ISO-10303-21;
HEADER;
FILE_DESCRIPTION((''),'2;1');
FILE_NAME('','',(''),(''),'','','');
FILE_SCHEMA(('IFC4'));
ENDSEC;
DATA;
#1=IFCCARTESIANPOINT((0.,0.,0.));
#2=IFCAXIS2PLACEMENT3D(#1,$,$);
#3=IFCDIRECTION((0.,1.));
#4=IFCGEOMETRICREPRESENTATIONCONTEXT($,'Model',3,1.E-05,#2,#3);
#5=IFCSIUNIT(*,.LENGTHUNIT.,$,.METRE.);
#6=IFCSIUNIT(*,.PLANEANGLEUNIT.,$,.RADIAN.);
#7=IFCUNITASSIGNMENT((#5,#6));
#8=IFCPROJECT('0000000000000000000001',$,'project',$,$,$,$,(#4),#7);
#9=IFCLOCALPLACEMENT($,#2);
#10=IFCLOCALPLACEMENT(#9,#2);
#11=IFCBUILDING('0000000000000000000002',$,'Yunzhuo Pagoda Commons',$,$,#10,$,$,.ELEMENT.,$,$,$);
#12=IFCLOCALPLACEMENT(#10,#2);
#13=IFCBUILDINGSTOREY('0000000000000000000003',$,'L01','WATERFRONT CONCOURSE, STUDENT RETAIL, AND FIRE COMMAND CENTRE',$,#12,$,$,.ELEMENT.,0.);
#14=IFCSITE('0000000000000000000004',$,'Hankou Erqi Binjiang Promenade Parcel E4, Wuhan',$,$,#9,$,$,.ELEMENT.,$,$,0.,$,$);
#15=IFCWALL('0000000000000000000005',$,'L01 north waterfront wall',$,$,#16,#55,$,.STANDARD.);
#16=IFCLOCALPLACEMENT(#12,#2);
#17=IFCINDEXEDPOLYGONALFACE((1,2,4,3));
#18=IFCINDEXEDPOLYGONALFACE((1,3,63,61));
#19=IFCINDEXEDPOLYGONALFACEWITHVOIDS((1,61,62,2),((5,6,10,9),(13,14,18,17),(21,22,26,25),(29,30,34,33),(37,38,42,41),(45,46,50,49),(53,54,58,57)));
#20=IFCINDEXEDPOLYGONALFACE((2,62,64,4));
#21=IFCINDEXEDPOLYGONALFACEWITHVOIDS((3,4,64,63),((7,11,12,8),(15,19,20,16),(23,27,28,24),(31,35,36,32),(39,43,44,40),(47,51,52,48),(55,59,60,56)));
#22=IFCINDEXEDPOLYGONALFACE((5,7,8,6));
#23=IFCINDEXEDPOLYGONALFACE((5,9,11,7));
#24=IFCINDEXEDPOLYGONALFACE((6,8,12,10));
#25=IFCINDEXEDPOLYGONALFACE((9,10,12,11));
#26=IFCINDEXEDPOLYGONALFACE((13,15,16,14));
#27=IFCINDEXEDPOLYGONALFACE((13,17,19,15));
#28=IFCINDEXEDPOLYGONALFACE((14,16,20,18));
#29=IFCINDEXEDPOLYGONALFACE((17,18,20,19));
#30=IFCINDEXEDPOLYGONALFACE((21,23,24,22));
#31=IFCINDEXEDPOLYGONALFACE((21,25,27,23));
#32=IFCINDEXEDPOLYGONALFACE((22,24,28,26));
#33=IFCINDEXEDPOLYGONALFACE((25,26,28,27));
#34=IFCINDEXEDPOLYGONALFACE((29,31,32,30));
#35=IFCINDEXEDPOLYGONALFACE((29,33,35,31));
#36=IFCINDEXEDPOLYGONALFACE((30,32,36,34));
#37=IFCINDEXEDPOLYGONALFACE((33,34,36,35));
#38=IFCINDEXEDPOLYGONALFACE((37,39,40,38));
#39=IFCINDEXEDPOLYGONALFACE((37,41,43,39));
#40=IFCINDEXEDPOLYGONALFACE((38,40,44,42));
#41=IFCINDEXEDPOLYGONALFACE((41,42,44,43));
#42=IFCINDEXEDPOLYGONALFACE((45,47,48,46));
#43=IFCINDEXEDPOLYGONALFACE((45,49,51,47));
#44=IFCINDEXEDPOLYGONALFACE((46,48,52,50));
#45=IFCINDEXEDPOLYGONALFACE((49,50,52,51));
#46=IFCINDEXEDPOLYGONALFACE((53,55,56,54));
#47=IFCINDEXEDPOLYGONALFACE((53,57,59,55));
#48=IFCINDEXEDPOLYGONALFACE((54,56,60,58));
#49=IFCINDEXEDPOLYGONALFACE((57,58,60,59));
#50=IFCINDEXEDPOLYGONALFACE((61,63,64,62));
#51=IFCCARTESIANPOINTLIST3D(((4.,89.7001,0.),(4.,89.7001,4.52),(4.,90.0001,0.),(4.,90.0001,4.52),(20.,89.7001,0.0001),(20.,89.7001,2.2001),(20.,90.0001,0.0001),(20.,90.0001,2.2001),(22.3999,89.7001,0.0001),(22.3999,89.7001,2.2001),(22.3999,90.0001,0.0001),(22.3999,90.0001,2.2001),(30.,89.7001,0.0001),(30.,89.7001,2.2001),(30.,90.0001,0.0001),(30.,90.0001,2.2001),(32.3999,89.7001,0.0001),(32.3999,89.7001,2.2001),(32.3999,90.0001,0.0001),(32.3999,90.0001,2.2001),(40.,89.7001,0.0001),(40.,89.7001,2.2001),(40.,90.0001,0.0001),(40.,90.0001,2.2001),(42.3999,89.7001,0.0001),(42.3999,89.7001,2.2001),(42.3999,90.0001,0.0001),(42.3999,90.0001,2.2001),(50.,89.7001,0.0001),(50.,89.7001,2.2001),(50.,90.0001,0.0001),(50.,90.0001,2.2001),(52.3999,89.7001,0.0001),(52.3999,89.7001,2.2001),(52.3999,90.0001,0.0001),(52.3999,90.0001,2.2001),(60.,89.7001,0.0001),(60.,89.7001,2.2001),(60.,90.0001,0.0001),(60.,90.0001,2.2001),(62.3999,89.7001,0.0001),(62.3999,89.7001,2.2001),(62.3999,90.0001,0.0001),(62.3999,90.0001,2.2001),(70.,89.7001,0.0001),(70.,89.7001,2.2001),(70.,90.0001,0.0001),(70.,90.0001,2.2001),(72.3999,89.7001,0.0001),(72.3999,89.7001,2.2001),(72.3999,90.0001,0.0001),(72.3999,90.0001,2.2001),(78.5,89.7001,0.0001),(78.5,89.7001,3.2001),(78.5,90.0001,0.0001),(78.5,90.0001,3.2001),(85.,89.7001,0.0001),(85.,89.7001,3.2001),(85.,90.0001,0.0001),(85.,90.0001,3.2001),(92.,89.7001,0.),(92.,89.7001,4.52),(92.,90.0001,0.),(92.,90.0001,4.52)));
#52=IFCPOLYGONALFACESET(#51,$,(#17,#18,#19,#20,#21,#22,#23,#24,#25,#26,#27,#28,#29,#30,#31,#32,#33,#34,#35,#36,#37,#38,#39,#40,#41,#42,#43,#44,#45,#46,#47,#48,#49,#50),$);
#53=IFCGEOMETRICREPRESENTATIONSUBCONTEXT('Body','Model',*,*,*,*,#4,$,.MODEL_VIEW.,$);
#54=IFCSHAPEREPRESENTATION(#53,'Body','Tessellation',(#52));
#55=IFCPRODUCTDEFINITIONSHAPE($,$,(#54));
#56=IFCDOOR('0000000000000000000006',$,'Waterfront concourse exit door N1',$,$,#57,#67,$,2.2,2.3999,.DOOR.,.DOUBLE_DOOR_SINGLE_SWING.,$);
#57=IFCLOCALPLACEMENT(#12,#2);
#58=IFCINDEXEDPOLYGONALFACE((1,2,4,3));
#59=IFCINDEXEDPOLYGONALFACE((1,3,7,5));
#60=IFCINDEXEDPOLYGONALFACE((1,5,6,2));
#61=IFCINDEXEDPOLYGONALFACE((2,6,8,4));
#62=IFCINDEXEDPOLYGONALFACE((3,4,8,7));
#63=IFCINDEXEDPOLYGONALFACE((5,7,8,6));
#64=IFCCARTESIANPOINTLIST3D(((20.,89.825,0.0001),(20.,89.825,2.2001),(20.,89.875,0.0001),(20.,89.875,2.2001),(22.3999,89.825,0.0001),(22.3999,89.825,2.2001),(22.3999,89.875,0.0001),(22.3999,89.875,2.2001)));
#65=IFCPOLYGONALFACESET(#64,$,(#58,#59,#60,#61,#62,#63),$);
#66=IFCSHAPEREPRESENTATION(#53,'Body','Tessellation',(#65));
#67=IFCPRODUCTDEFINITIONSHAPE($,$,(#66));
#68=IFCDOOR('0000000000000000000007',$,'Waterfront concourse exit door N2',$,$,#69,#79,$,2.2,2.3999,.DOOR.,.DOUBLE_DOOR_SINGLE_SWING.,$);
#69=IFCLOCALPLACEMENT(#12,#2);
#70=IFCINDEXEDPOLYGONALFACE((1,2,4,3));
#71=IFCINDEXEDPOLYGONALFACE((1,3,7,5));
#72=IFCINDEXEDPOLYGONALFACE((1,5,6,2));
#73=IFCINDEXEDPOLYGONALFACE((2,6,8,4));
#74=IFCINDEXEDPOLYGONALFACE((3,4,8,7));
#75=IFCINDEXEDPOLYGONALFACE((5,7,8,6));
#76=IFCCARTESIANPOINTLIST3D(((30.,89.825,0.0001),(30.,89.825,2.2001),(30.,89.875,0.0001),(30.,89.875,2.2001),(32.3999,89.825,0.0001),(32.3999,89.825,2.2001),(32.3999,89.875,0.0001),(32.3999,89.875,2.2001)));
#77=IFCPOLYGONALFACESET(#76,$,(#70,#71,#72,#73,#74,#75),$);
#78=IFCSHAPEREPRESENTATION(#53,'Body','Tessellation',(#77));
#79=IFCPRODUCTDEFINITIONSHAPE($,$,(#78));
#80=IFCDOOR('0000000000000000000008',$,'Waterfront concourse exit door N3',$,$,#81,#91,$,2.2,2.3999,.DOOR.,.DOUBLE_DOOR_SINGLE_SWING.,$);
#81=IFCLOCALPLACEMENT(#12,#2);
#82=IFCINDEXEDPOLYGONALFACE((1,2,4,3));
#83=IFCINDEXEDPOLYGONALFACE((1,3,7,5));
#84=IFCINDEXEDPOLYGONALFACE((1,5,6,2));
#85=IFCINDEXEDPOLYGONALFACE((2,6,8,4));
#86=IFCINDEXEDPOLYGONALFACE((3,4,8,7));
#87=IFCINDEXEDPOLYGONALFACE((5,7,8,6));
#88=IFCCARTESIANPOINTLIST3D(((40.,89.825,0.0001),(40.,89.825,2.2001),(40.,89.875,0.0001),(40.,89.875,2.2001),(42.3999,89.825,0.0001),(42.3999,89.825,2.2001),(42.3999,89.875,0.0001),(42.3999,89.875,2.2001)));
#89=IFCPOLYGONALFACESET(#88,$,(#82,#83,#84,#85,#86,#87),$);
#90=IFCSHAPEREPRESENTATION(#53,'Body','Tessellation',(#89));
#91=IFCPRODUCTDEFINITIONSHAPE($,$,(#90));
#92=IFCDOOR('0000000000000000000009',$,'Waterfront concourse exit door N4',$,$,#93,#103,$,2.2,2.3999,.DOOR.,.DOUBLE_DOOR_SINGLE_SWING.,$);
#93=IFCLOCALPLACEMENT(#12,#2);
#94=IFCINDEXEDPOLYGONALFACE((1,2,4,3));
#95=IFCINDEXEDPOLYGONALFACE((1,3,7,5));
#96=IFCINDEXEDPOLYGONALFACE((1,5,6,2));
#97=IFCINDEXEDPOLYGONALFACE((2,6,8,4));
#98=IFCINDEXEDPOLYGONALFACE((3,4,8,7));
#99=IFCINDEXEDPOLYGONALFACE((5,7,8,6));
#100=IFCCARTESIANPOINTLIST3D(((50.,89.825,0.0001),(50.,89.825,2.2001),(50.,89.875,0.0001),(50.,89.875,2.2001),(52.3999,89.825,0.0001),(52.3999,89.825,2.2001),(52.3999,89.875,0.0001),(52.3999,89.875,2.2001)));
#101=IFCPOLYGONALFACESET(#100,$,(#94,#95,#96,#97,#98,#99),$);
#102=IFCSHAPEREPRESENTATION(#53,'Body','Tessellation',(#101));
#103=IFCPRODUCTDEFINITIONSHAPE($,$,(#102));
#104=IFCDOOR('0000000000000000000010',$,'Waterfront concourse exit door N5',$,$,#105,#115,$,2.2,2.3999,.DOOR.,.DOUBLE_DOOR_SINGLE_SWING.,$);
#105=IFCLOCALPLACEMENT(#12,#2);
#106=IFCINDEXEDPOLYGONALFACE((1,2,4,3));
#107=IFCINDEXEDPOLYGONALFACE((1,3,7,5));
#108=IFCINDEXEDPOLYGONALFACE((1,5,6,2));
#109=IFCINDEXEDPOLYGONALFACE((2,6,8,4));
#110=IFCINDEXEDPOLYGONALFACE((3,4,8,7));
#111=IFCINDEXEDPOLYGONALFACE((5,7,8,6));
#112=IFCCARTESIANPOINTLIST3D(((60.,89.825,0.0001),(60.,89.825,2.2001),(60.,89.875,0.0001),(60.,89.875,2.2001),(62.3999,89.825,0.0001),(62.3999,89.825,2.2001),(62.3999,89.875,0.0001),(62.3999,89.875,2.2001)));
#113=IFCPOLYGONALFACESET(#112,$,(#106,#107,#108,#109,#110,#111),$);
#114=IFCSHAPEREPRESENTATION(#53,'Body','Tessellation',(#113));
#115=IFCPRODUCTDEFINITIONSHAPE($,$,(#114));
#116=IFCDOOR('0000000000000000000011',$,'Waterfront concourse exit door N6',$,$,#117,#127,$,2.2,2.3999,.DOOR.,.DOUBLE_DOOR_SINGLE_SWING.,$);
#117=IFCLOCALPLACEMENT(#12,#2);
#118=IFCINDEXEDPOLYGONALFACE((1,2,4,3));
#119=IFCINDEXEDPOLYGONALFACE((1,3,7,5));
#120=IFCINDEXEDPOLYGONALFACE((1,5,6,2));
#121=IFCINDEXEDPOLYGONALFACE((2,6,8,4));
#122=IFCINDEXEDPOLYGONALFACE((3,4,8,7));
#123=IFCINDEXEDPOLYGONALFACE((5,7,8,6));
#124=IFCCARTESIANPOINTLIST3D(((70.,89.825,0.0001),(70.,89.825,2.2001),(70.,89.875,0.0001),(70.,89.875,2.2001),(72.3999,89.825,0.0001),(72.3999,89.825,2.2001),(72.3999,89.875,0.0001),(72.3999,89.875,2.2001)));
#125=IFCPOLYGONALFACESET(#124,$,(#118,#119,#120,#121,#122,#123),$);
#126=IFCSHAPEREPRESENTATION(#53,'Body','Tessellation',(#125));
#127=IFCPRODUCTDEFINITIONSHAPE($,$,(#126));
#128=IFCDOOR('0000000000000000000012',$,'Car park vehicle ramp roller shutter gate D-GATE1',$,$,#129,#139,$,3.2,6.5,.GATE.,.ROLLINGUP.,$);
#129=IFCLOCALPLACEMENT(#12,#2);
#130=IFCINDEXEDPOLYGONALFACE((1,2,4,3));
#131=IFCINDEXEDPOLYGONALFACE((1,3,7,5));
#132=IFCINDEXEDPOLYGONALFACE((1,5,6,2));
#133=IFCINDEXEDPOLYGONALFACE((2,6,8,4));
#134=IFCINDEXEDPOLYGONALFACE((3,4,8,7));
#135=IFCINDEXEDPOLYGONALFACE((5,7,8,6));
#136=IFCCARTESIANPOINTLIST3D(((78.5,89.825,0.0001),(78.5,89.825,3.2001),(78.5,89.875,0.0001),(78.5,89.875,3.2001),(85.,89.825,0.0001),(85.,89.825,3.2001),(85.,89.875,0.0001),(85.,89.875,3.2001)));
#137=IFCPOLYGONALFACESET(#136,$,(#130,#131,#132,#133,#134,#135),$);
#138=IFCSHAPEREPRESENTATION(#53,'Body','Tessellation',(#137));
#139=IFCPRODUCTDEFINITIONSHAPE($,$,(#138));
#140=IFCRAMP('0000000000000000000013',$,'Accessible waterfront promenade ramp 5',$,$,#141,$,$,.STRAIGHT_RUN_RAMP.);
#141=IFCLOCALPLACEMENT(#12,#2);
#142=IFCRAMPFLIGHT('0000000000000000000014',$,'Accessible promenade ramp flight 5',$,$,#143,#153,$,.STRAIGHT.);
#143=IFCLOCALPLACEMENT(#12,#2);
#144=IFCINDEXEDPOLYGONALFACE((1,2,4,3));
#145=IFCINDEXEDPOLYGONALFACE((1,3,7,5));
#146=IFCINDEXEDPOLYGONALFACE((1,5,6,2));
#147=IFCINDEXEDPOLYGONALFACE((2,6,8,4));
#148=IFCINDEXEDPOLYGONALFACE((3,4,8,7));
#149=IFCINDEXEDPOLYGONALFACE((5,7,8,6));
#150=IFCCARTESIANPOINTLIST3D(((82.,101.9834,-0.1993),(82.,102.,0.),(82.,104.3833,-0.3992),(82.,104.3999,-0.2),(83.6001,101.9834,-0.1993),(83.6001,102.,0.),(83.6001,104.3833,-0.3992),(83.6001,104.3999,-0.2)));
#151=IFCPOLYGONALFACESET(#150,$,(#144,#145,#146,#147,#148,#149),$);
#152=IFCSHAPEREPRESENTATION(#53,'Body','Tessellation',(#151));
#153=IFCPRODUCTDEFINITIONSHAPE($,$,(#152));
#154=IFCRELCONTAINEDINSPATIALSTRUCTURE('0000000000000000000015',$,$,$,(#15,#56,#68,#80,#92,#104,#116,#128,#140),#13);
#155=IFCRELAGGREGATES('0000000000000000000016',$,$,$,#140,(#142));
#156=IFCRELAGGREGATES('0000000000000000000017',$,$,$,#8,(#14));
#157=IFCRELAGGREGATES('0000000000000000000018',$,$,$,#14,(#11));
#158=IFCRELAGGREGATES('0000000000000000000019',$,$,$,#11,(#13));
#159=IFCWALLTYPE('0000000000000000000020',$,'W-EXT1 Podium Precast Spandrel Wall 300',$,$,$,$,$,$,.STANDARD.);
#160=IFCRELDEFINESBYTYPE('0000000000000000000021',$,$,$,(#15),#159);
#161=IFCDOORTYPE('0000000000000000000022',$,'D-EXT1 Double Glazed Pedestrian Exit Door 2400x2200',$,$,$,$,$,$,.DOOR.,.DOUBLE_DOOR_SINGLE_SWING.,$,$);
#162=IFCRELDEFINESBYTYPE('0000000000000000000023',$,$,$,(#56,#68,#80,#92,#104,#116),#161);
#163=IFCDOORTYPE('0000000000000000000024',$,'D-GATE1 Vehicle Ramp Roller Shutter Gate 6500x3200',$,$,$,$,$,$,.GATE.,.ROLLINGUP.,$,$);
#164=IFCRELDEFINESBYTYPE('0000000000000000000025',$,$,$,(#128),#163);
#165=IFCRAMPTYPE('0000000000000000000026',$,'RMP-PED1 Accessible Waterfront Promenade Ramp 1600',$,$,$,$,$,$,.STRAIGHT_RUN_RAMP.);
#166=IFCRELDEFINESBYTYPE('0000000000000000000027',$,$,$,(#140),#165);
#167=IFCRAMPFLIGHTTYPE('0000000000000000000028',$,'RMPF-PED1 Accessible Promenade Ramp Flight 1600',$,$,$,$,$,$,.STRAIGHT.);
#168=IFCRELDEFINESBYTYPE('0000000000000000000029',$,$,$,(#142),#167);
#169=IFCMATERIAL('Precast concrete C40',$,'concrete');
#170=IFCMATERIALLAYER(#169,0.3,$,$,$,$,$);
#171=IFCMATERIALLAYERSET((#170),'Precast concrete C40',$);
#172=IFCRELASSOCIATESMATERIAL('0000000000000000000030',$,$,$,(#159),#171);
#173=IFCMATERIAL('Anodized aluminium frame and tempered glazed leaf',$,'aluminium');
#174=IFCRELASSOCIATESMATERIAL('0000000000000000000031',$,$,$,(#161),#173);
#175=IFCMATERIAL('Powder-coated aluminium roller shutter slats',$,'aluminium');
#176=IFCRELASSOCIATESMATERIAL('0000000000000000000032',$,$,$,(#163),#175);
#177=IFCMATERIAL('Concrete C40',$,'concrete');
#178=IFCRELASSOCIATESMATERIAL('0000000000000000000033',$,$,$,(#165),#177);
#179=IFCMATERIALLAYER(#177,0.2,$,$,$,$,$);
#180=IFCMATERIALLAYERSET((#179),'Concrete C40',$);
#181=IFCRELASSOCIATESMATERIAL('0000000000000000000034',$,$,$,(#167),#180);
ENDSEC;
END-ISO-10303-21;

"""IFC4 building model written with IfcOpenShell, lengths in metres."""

from ifc_helpers import new_model, si_unit, direction, frame, frame_2d, origin, place, context, subcontext, project, spatial, polyline, rectangle, outline, extrude, source, transform, mapped, material, layer, layer_set, type_object, element, fill, aggregate, save


model = new_model("IFC4")

# Units and contexts
model_context = context("Model", 3, precision=1e-05, world=origin(), true_north=direction((0.0, 1.0)))
body_context = subcontext(model_context, "Body", "Model", "MODEL_VIEW")
ifc_project = project(units=[si_unit("LENGTHUNIT", "METRE"), si_unit("PLANEANGLEUNIT", "RADIAN")], contexts=[model_context])

# Site, building, storey
site_placement = place(None, origin())
site = spatial("IfcSite", under=ifc_project, at=site_placement, Name="Hankou Erqi Binjiang Promenade Parcel E4, Wuhan", CompositionType="ELEMENT", RefElevation=0.0)
building_placement = place(site_placement, origin())
building = spatial("IfcBuilding", under=site, at=building_placement, Name="Yunzhuo Pagoda Commons", CompositionType="ELEMENT")
storey_placement = place(building_placement, origin())
storey = spatial("IfcBuildingStorey", under=building, at=storey_placement, Name="L01", Description="WATERFRONT CONCOURSE, STUDENT RETAIL, AND FIRE COMMAND CENTRE", CompositionType="ELEMENT", Elevation=0.0)

# Wall, openings, doors
ifc_material_1 = material(Name="Precast concrete C40", Category="concrete")
ifc_layer_1 = layer(ifc_material_1, 0.3)
ifc_layer_set_1 = layer_set([ifc_layer_1], Name="Precast concrete C40")
wall_type = type_object("IfcWallType", Name="W-EXT1 Podium Precast Spandrel Wall 300", PredefinedType="STANDARD", material=ifc_layer_set_1)
wall_placement = place(storey_placement, frame((92.0, 89.8501, 0.0), z_axis=(0.0, 0.0, 1.0), x_axis=(-1.0, 0.0, 0.0)))
wall = element("IfcWall", 1, at=wall_placement, inside=storey, type_object=wall_type, Name="L01 north waterfront wall", PredefinedType="STANDARD", context=body_context, shape_type="SweptSolid", body=[
    extrude(rectangle(XDim=88.0, YDim=0.3, at=frame_2d((44.0, 0.0))), origin(), (0.0, 0.0, 1.0), 4.52),
])
opening_1_placement = place(wall_placement, frame((69.6001, 0.0, 0.0)))
opening_1 = element("IfcOpeningElement", 2, at=opening_1_placement, cuts=wall, PredefinedType="OPENING", context=body_context, shape_type="SweptSolid", body=[
    extrude(rectangle(XDim=2.3999, YDim=2.2, at=frame_2d((1.2, 1.1001))), frame((0.0, 0.1602, 0.0), z_axis=(0.0, -1.0, 0.0), x_axis=(1.0, 0.0, 0.0)), (0.0, 0.0, 1.0), 0.3201),
])
opening_2_placement = place(wall_placement, frame((59.6001, 0.0, 0.0)))
opening_2 = element("IfcOpeningElement", 3, at=opening_2_placement, cuts=wall, PredefinedType="OPENING", context=body_context, shape_type="SweptSolid", body=[
    extrude(rectangle(XDim=2.3999, YDim=2.2, at=frame_2d((1.2, 1.1001))), frame((0.0, 0.1602, 0.0), z_axis=(0.0, -1.0, 0.0), x_axis=(1.0, 0.0, 0.0)), (0.0, 0.0, 1.0), 0.3201),
])
opening_3_placement = place(wall_placement, frame((49.6001, 0.0, 0.0)))
opening_3 = element("IfcOpeningElement", 4, at=opening_3_placement, cuts=wall, PredefinedType="OPENING", context=body_context, shape_type="SweptSolid", body=[
    extrude(rectangle(XDim=2.3999, YDim=2.2, at=frame_2d((1.2, 1.1001))), frame((0.0, 0.1602, 0.0), z_axis=(0.0, -1.0, 0.0), x_axis=(1.0, 0.0, 0.0)), (0.0, 0.0, 1.0), 0.3201),
])
opening_4_placement = place(wall_placement, frame((39.6001, 0.0, 0.0)))
opening_4 = element("IfcOpeningElement", 5, at=opening_4_placement, cuts=wall, PredefinedType="OPENING", context=body_context, shape_type="SweptSolid", body=[
    extrude(rectangle(XDim=2.3999, YDim=2.2, at=frame_2d((1.2, 1.1001))), frame((0.0, 0.1602, 0.0), z_axis=(0.0, -1.0, 0.0), x_axis=(1.0, 0.0, 0.0)), (0.0, 0.0, 1.0), 0.3201),
])
opening_5_placement = place(wall_placement, frame((29.6001, 0.0, 0.0)))
opening_5 = element("IfcOpeningElement", 6, at=opening_5_placement, cuts=wall, PredefinedType="OPENING", context=body_context, shape_type="SweptSolid", body=[
    extrude(rectangle(XDim=2.3999, YDim=2.2, at=frame_2d((1.2, 1.1001))), frame((0.0, 0.1602, 0.0), z_axis=(0.0, -1.0, 0.0), x_axis=(1.0, 0.0, 0.0)), (0.0, 0.0, 1.0), 0.3201),
])
opening_6_placement = place(wall_placement, frame((19.6001, 0.0, 0.0)))
opening_6 = element("IfcOpeningElement", 7, at=opening_6_placement, cuts=wall, PredefinedType="OPENING", context=body_context, shape_type="SweptSolid", body=[
    extrude(rectangle(XDim=2.3999, YDim=2.2, at=frame_2d((1.2, 1.1001))), frame((0.0, 0.1602, 0.0), z_axis=(0.0, -1.0, 0.0), x_axis=(1.0, 0.0, 0.0)), (0.0, 0.0, 1.0), 0.3201),
])
opening_7_placement = place(wall_placement, frame((7.0, 0.0, 0.0)))
opening_7 = element("IfcOpeningElement", 8, at=opening_7_placement, cuts=wall, PredefinedType="OPENING", context=body_context, shape_type="SweptSolid", body=[
    extrude(rectangle(XDim=6.5, YDim=3.2, at=frame_2d((3.25, 1.6001))), frame((0.0, 0.1602, 0.0), z_axis=(0.0, -1.0, 0.0), x_axis=(1.0, 0.0, 0.0)), (0.0, 0.0, 1.0), 0.3201),
])
ifc_material_2 = material(Name="Anodized aluminium frame and tempered glazed leaf", Category="aluminium")
door_type_1 = type_object("IfcDoorType", Name="D-EXT1 Double Glazed Pedestrian Exit Door 2400x2200", OperationType="DOUBLE_DOOR_SINGLE_SWING", PredefinedType="DOOR", material=ifc_material_2)
shared_shape_1 = source(origin(), body_context, "Body", "SweptSolid", [
    extrude(rectangle(XDim=2.3999, YDim=2.2, at=frame_2d((1.2, 1.1001))), frame((0.0, 0.0249, 0.0), z_axis=(0.0, -1.0, 0.0), x_axis=(1.0, 0.0, 0.0)), (0.0, 0.0, 1.0), 0.05),
])
door_1_placement = place(opening_1_placement, frame((2.3999, 0.0, 0.0), z_axis=(0.0, 0.0, 1.0), x_axis=(-1.0, 0.0, 0.0)))
door_1 = element("IfcDoor", 9, at=door_1_placement, inside=storey, type_object=door_type_1, Name="Waterfront concourse exit door N1", OperationType="DOUBLE_DOOR_SINGLE_SWING", OverallHeight=2.2, OverallWidth=2.3999, PredefinedType="DOOR", context=body_context, shape_type="MappedRepresentation", body=[
    mapped(shared_shape_1, transform((0.0, 0.0, 0.0), scale=1.0)),
])
fill(opening_1, door_1)
door_2_placement = place(opening_2_placement, frame((2.3999, 0.0, 0.0), z_axis=(0.0, 0.0, 1.0), x_axis=(-1.0, 0.0, 0.0)))
door_2 = element("IfcDoor", 10, at=door_2_placement, inside=storey, type_object=door_type_1, Name="Waterfront concourse exit door N2", OperationType="DOUBLE_DOOR_SINGLE_SWING", OverallHeight=2.2, OverallWidth=2.3999, PredefinedType="DOOR", context=body_context, shape_type="MappedRepresentation", body=[
    mapped(shared_shape_1, transform((0.0, 0.0, 0.0), scale=1.0)),
])
fill(opening_2, door_2)
door_3_placement = place(opening_3_placement, frame((2.3999, 0.0, 0.0), z_axis=(0.0, 0.0, 1.0), x_axis=(-1.0, 0.0, 0.0)))
door_3 = element("IfcDoor", 11, at=door_3_placement, inside=storey, type_object=door_type_1, Name="Waterfront concourse exit door N3", OperationType="DOUBLE_DOOR_SINGLE_SWING", OverallHeight=2.2, OverallWidth=2.3999, PredefinedType="DOOR", context=body_context, shape_type="MappedRepresentation", body=[
    mapped(shared_shape_1, transform((0.0, 0.0, 0.0), scale=1.0)),
])
fill(opening_3, door_3)
door_4_placement = place(opening_4_placement, frame((2.3999, 0.0, 0.0), z_axis=(0.0, 0.0, 1.0), x_axis=(-1.0, 0.0, 0.0)))
door_4 = element("IfcDoor", 12, at=door_4_placement, inside=storey, type_object=door_type_1, Name="Waterfront concourse exit door N4", OperationType="DOUBLE_DOOR_SINGLE_SWING", OverallHeight=2.2, OverallWidth=2.3999, PredefinedType="DOOR", context=body_context, shape_type="MappedRepresentation", body=[
    mapped(shared_shape_1, transform((0.0, 0.0, 0.0), scale=1.0)),
])
fill(opening_4, door_4)
door_5_placement = place(opening_5_placement, frame((2.3999, 0.0, 0.0), z_axis=(0.0, 0.0, 1.0), x_axis=(-1.0, 0.0, 0.0)))
door_5 = element("IfcDoor", 13, at=door_5_placement, inside=storey, type_object=door_type_1, Name="Waterfront concourse exit door N5", OperationType="DOUBLE_DOOR_SINGLE_SWING", OverallHeight=2.2, OverallWidth=2.3999, PredefinedType="DOOR", context=body_context, shape_type="MappedRepresentation", body=[
    mapped(shared_shape_1, transform((0.0, 0.0, 0.0), scale=1.0)),
])
fill(opening_5, door_5)
door_6_placement = place(opening_6_placement, frame((2.3999, 0.0, 0.0), z_axis=(0.0, 0.0, 1.0), x_axis=(-1.0, 0.0, 0.0)))
door_6 = element("IfcDoor", 14, at=door_6_placement, inside=storey, type_object=door_type_1, Name="Waterfront concourse exit door N6", OperationType="DOUBLE_DOOR_SINGLE_SWING", OverallHeight=2.2, OverallWidth=2.3999, PredefinedType="DOOR", context=body_context, shape_type="MappedRepresentation", body=[
    mapped(shared_shape_1, transform((0.0, 0.0, 0.0), scale=1.0)),
])
fill(opening_6, door_6)
ifc_material_3 = material(Name="Powder-coated aluminium roller shutter slats", Category="aluminium")
door_type_2 = type_object("IfcDoorType", Name="D-GATE1 Vehicle Ramp Roller Shutter Gate 6500x3200", OperationType="ROLLINGUP", PredefinedType="GATE", material=ifc_material_3)
shared_shape_2 = source(origin(), body_context, "Body", "SweptSolid", [
    extrude(rectangle(XDim=6.5, YDim=3.2, at=frame_2d((3.25, 1.6001))), frame((0.0, 0.0249, 0.0), z_axis=(0.0, -1.0, 0.0), x_axis=(1.0, 0.0, 0.0)), (0.0, 0.0, 1.0), 0.05),
])
door_7_placement = place(opening_7_placement, frame((6.5, 0.0, 0.0), z_axis=(0.0, 0.0, 1.0), x_axis=(-1.0, 0.0, 0.0)))
door_7 = element("IfcDoor", 15, at=door_7_placement, inside=storey, type_object=door_type_2, Name="Car park vehicle ramp roller shutter gate D-GATE1", OperationType="ROLLINGUP", OverallHeight=3.2, OverallWidth=6.5, PredefinedType="GATE", context=body_context, shape_type="MappedRepresentation", body=[
    mapped(shared_shape_2, transform((0.0, 0.0, 0.0), scale=1.0)),
])
fill(opening_7, door_7)

# Ramp, ramp flight
ifc_material_4 = material(Name="Concrete C40", Category="concrete")
ramp_type = type_object("IfcRampType", Name="RMP-PED1 Accessible Waterfront Promenade Ramp 1600", PredefinedType="STRAIGHT_RUN_RAMP", material=ifc_material_4)
ramp_placement = place(storey_placement, origin())
ramp = element("IfcRamp", 16, at=ramp_placement, inside=storey, type_object=ramp_type, Name="Accessible waterfront promenade ramp 5", PredefinedType="STRAIGHT_RUN_RAMP")
ifc_layer_2 = layer(ifc_material_4, 0.2)
ifc_layer_set_2 = layer_set([ifc_layer_2], Name="Concrete C40")
ramp_flight_type = type_object("IfcRampFlightType", Name="RMPF-PED1 Accessible Promenade Ramp Flight 1600", PredefinedType="STRAIGHT", material=ifc_layer_set_2)
ramp_flight_placement = place(storey_placement, frame((82.0, 104.3999, -0.2), z_axis=(0.0, 0.083029, 0.996547), x_axis=(1.0, 0.0, 0.0)))
ramp_flight = element("IfcRampFlight", 17, at=ramp_flight_placement, type_object=ramp_flight_type, Name="Accessible promenade ramp flight 5", PredefinedType="STRAIGHT", context=body_context, shape_type="SweptSolid", body=[
    extrude(outline(polyline([(0.0, 0.0), (1.6001, 0.0), (1.6001, -2.4082), (0.0, -2.4082), (0.0, 0.0)])), origin(), (0.0, 0.0, -1.0), 0.2),
])
aggregate(ramp, [ramp_flight])

save(model, "model.ifc")
